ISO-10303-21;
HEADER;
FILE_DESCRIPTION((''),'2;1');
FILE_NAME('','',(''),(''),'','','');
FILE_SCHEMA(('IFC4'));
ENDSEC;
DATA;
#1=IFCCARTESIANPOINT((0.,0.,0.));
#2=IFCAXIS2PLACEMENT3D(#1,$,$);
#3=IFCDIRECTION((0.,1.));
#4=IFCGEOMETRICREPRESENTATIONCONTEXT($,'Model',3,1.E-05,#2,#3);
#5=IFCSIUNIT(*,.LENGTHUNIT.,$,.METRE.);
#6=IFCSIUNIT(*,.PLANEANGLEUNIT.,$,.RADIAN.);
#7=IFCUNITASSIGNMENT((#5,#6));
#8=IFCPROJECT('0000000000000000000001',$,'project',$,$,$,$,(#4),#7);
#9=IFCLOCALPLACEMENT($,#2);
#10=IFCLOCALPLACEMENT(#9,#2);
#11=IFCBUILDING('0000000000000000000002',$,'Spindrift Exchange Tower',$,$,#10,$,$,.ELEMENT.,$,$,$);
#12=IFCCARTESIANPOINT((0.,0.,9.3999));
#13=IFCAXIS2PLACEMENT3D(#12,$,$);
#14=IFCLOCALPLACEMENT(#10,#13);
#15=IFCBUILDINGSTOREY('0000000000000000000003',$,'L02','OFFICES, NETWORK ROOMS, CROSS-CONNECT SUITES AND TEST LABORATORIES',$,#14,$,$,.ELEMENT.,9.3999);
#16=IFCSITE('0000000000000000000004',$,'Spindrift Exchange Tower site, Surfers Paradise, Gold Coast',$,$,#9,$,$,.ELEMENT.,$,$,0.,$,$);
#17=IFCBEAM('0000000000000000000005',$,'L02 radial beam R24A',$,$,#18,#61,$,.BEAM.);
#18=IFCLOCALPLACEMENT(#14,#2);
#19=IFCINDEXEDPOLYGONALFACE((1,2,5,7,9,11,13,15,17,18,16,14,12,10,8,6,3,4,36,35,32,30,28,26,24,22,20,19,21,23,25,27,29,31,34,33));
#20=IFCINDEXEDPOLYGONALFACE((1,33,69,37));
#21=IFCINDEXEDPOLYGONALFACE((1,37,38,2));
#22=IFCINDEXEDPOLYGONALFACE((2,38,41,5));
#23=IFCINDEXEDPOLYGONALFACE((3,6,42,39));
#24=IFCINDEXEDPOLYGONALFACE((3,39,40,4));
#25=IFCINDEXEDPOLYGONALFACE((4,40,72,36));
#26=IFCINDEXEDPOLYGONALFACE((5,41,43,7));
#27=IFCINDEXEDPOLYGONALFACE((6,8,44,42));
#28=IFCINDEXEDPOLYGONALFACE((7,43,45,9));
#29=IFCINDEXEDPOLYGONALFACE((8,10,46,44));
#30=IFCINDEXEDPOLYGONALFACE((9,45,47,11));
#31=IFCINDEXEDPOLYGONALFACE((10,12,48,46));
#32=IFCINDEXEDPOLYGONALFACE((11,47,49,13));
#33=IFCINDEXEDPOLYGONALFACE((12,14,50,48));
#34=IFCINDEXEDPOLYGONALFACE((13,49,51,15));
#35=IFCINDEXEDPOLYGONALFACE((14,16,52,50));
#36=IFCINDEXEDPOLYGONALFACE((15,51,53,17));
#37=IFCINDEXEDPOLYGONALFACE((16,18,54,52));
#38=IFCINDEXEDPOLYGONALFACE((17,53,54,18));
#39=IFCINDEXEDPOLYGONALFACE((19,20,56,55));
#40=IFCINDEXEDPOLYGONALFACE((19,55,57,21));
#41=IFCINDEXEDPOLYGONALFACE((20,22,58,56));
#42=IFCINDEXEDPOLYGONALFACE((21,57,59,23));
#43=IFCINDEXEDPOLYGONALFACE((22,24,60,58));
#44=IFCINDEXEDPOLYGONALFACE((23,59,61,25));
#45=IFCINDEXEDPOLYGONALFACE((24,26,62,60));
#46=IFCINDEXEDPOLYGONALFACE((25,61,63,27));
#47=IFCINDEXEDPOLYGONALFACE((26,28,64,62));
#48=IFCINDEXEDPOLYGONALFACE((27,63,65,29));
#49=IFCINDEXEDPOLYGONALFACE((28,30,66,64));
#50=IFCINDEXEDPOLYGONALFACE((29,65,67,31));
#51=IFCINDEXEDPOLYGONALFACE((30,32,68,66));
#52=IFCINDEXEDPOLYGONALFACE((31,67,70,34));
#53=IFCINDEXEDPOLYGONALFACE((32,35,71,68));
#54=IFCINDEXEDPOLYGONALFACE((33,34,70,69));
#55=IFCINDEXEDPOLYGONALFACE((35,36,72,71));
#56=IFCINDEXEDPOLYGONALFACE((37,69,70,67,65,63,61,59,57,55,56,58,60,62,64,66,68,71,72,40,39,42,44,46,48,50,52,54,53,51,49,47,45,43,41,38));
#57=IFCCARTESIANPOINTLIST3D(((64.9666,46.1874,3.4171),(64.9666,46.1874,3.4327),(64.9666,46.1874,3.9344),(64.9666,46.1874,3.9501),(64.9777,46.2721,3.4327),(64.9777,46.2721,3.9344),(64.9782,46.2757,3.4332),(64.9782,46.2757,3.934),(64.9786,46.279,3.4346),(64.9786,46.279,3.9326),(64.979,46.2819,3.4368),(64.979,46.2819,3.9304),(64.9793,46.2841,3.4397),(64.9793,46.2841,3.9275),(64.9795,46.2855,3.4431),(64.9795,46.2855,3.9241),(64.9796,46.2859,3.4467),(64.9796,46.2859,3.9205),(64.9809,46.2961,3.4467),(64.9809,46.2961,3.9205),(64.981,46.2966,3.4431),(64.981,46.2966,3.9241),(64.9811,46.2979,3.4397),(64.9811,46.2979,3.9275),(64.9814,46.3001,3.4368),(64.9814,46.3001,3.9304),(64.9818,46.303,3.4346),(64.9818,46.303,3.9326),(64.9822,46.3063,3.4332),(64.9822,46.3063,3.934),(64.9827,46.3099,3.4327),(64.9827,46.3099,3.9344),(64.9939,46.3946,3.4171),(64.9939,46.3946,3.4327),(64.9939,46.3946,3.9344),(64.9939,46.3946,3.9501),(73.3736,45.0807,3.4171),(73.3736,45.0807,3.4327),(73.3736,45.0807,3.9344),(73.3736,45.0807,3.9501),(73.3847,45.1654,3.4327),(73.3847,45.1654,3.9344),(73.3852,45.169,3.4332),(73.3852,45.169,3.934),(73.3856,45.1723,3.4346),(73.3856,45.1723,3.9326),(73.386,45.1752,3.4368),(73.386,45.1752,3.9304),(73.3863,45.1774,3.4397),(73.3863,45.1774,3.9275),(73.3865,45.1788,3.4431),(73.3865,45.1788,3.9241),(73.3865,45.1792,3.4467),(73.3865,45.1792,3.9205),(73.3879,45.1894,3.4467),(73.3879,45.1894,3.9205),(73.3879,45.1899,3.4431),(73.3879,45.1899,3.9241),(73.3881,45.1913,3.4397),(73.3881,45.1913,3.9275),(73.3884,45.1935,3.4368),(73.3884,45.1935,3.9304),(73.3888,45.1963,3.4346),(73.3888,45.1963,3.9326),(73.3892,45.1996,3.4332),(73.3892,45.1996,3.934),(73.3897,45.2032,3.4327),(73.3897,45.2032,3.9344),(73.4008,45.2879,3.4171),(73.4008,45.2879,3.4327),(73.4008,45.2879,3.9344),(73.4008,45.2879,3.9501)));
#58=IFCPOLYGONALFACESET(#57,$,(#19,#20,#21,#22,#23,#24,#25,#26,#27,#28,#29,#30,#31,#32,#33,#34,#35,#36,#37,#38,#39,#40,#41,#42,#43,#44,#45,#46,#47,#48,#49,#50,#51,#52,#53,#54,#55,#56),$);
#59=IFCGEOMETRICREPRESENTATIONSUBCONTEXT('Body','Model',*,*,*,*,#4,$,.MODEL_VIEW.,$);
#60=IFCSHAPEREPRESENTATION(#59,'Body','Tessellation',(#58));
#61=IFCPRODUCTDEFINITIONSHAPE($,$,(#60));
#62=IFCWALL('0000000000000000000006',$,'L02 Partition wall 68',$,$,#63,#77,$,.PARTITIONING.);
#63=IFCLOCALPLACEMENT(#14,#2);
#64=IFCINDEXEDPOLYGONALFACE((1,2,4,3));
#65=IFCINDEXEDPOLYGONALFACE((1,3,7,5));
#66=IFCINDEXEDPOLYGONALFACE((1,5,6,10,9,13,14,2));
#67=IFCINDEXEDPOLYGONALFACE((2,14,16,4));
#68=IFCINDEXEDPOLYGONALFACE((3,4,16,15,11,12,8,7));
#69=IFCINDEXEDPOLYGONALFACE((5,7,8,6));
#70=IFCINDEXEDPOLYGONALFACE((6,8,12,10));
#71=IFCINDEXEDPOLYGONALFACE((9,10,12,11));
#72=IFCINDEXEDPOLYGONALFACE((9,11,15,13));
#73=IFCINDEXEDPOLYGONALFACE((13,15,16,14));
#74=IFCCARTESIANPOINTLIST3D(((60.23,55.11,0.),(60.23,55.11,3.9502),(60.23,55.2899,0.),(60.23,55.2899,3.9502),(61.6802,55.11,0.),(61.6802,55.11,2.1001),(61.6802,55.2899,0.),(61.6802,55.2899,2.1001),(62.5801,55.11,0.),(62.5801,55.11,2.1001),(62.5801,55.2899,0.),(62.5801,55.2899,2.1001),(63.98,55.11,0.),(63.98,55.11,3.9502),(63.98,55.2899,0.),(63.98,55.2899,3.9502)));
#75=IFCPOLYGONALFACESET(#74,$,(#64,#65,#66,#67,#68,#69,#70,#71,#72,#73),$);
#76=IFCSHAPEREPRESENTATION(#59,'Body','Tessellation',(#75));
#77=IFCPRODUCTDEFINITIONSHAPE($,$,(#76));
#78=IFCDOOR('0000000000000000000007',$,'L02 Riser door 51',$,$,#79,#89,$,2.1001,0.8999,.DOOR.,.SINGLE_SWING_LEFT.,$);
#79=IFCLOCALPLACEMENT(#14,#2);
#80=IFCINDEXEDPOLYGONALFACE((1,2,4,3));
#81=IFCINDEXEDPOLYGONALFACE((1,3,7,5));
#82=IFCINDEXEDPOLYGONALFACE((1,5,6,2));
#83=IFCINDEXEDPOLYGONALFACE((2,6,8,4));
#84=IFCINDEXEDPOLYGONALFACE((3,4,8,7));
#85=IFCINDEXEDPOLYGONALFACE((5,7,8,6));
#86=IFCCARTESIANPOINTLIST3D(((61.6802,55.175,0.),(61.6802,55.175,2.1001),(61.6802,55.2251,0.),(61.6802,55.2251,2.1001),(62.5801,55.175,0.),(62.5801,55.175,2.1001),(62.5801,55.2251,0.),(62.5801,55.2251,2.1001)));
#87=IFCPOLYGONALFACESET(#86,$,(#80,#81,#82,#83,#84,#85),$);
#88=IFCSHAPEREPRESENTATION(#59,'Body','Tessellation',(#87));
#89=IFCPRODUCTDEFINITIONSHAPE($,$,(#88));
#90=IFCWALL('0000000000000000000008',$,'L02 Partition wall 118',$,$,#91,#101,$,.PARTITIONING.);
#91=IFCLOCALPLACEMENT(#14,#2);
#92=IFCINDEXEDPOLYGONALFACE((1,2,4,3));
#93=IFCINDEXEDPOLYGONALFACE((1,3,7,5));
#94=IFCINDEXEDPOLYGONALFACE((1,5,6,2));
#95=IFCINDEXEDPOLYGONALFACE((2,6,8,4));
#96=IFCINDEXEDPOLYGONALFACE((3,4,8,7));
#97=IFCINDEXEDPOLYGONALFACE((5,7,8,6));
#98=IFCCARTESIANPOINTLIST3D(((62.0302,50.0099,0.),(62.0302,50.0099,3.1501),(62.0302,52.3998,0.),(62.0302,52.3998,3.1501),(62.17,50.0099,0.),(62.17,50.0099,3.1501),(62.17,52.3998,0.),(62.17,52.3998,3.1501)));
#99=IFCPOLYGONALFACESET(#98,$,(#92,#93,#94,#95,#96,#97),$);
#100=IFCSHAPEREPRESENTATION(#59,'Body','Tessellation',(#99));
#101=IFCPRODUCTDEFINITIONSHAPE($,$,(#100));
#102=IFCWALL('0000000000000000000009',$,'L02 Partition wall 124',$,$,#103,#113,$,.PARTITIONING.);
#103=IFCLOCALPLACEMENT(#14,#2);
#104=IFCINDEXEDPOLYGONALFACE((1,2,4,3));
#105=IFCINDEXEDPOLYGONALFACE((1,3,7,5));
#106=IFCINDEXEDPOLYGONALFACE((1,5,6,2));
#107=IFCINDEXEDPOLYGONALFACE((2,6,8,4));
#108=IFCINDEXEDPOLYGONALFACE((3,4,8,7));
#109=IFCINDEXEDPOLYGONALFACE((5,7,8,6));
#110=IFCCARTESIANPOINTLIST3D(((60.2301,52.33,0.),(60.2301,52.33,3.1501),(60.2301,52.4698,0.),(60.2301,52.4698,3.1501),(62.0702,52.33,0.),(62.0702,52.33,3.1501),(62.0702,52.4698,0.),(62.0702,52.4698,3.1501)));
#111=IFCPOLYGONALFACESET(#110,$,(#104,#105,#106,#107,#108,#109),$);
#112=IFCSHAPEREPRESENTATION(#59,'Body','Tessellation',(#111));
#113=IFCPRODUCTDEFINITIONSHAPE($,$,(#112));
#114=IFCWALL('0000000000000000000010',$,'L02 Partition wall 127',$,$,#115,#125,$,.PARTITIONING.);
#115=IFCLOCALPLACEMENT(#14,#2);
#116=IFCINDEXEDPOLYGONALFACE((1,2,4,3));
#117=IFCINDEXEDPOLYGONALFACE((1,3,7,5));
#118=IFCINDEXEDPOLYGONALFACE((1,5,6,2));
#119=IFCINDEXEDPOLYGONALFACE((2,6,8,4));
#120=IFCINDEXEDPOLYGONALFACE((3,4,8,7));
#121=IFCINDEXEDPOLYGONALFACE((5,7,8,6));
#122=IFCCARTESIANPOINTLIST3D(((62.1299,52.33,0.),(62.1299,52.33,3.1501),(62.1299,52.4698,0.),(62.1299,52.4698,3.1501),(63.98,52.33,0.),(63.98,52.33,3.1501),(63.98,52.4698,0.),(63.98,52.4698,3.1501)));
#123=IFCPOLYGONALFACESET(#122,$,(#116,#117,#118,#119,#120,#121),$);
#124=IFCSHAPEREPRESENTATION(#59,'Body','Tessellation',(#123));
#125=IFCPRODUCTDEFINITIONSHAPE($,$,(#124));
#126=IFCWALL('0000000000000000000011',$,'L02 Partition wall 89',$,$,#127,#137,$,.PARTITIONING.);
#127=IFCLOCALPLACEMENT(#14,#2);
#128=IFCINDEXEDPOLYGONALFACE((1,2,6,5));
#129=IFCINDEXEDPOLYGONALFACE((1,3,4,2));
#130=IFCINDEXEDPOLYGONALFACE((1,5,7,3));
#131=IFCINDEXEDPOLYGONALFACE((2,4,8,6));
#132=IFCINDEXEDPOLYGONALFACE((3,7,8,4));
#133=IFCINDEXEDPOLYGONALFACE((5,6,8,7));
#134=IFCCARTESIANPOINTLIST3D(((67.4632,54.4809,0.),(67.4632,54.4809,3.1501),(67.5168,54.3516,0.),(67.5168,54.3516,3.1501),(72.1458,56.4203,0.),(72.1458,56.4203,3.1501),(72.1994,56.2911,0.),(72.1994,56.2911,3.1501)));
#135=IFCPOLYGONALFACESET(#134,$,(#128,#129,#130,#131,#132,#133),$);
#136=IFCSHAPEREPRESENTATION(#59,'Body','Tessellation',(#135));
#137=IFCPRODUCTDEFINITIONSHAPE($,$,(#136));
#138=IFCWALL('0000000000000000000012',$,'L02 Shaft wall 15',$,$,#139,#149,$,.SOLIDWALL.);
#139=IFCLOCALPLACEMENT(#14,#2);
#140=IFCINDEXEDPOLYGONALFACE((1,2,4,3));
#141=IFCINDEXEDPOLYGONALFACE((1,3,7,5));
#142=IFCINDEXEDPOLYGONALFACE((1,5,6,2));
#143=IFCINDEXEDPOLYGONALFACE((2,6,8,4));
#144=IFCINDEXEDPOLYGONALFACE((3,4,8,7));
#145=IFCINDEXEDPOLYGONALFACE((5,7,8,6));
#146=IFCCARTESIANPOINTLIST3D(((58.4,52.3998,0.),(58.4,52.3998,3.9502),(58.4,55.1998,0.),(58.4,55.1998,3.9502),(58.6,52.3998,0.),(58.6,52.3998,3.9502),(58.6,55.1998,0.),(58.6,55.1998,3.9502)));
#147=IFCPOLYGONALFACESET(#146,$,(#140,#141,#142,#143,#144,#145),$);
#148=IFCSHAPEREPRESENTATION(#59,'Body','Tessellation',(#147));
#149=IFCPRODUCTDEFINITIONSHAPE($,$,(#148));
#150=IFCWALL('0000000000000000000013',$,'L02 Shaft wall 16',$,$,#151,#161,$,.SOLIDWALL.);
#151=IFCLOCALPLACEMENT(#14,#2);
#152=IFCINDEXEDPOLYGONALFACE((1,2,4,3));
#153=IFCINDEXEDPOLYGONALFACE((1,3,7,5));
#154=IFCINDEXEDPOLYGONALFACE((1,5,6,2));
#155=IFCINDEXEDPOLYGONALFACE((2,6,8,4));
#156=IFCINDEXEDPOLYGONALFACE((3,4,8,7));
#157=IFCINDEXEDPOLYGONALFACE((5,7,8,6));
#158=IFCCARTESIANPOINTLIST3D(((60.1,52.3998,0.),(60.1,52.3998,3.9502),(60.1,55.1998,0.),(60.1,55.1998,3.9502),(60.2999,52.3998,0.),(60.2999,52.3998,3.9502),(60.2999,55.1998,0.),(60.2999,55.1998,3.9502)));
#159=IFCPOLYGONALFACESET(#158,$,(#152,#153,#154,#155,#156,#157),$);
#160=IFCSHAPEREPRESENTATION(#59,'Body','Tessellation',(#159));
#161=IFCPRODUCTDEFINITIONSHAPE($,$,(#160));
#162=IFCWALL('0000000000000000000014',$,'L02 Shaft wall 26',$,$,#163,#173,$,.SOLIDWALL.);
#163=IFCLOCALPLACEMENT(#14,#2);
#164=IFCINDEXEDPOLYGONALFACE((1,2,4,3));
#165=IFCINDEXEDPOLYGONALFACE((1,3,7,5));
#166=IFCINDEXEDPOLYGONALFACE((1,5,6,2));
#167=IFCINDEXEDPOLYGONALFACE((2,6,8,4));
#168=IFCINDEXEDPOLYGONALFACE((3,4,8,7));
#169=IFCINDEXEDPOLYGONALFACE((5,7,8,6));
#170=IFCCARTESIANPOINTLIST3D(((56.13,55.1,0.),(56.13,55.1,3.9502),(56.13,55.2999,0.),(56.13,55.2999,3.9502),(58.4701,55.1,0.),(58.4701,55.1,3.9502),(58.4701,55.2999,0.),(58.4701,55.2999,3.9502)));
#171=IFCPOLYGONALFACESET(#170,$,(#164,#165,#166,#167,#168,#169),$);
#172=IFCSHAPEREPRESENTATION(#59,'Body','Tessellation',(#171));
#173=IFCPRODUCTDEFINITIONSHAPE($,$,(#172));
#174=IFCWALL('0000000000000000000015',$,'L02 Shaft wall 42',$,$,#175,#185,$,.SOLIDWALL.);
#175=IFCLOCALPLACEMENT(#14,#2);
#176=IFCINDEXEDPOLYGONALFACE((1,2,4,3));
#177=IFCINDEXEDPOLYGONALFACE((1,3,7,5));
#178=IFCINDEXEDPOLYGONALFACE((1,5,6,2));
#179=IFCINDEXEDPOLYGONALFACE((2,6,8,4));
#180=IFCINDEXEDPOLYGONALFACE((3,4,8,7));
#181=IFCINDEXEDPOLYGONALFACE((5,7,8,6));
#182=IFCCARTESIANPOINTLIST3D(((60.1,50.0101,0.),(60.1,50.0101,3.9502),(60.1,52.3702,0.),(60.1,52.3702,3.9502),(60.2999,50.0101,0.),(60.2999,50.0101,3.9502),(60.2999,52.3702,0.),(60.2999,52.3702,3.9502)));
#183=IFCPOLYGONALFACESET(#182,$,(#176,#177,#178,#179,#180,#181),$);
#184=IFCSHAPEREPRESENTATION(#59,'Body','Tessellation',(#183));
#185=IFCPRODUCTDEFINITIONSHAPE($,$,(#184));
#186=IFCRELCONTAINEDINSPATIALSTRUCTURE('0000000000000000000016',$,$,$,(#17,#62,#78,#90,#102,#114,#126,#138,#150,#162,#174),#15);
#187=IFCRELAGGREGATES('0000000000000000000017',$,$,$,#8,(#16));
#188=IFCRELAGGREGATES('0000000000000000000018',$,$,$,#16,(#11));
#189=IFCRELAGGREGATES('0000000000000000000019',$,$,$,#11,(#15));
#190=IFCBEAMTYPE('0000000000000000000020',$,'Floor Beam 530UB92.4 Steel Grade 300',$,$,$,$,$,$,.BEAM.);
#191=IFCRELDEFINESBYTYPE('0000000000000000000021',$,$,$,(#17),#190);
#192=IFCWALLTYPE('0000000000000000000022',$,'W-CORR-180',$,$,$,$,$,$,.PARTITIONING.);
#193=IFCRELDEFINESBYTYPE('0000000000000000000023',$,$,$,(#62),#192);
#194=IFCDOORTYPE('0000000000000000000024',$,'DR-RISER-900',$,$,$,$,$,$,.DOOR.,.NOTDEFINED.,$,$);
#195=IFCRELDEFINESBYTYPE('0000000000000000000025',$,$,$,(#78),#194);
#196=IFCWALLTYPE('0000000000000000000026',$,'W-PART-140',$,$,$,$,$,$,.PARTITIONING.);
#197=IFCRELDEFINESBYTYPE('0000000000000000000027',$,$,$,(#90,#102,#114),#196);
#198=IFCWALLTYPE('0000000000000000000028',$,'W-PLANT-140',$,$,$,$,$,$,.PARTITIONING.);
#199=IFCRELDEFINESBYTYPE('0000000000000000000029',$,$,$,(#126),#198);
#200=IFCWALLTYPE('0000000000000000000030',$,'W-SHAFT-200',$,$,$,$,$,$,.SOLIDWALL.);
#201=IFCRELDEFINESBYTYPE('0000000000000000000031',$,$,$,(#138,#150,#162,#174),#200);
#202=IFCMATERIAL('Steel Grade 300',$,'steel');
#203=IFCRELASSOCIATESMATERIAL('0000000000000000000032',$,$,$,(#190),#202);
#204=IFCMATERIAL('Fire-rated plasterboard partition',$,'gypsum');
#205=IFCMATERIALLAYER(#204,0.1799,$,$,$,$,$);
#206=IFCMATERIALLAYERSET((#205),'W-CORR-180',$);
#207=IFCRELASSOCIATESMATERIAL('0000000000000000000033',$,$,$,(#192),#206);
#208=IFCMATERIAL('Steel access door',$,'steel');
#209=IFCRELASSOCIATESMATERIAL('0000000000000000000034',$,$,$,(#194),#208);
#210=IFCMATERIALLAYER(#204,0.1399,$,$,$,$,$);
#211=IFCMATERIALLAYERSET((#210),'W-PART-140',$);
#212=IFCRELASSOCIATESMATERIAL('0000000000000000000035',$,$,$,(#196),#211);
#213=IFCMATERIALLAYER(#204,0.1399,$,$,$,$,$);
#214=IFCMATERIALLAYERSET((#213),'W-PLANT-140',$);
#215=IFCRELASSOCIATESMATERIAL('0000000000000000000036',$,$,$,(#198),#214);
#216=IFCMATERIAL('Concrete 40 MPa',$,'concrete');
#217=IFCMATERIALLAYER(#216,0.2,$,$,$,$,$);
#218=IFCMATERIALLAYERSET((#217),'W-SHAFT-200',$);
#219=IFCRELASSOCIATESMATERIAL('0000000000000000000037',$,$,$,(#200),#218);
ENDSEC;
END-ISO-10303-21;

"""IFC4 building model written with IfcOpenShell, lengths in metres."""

from ifc_helpers import new_model, si_unit, direction, frame, frame_2d, origin, origin_2d, place, context, subcontext, project, spatial, rectangle, i_section, extrude, source, transform, mapped, material, layer, layer_set, material_profile, profile_set, type_object, element, fill, save


model = new_model("IFC4")

# Units and contexts
model_context = context("Model", 3, precision=1e-05, world=origin(), true_north=direction((0.0, 1.0)))
body_context = subcontext(model_context, "Body", "Model", "MODEL_VIEW")
ifc_project = project(units=[si_unit("LENGTHUNIT", "METRE"), si_unit("PLANEANGLEUNIT", "RADIAN")], contexts=[model_context])

# Site, building, storey
site_placement = place(None, origin())
site = spatial("IfcSite", under=ifc_project, at=site_placement, Name="Spindrift Exchange Tower site, Surfers Paradise, Gold Coast", CompositionType="ELEMENT", RefElevation=0.0)
building_placement = place(site_placement, origin())
building = spatial("IfcBuilding", under=site, at=building_placement, Name="Spindrift Exchange Tower", CompositionType="ELEMENT")
storey_placement = place(building_placement, frame((0.0, 0.0, 9.3999)))
storey = spatial("IfcBuildingStorey", under=building, at=storey_placement, Name="L02", Description="OFFICES, NETWORK ROOMS, CROSS-CONNECT SUITES AND TEST LABORATORIES", CompositionType="ELEMENT", Elevation=9.3999)

# Beam
ifc_material_1 = material(Name="Steel Grade 300", Category="steel")
ifc_material_profile_1 = material_profile(ifc_material_1, i_section(OverallWidth=0.209, OverallDepth=0.533, WebThickness=0.0103, FlangeThickness=0.0156, FilletRadius=0.0139, at=origin_2d()), Name="530UB92.4")
ifc_profile_set_1 = profile_set([ifc_material_profile_1], Name="Steel Grade 300")
beam_type_1 = type_object("IfcBeamType", Name="Floor Beam 530UB92.4 Steel Grade 300", PredefinedType="BEAM", material=ifc_profile_set_1)
shared_shape_1 = source(origin(), body_context, "Body", "SweptSolid", [
    extrude(i_section(OverallWidth=0.209, OverallDepth=0.533, WebThickness=0.0103, FlangeThickness=0.0156, FilletRadius=0.0139, at=origin_2d()), origin(), (0.0, 0.0, 1.0), 8.4795),
])
beam_1_placement = place(storey_placement, frame((64.9802, 46.291, 3.6836), z_axis=(0.991447, -0.130513, 0.0), x_axis=(0.130513, 0.991447, 0.0)))
element("IfcBeam", 1, at=beam_1_placement, inside=storey, type_object=beam_type_1, Name="L02 radial beam R24A", PredefinedType="BEAM", context=body_context, shape_type="MappedRepresentation", body=[
    mapped(shared_shape_1, transform((0.0, 0.0, 0.0), scale=1.0)),
])

# Wall, opening, door
ifc_material_2 = material(Name="Fire-rated plasterboard partition", Category="gypsum")
ifc_layer_1 = layer(ifc_material_2, 0.1799)
ifc_layer_set_1 = layer_set([ifc_layer_1], Name="W-CORR-180")
wall_type_1 = type_object("IfcWallType", Name="W-CORR-180", PredefinedType="PARTITIONING", material=ifc_layer_set_1)
wall_1_placement = place(storey_placement, frame((63.98, 55.2, 0.0), z_axis=(0.0, 0.0, 1.0), x_axis=(-1.0, 0.0, 0.0)))
wall_1 = element("IfcWall", 2, at=wall_1_placement, inside=storey, type_object=wall_type_1, Name="L02 Partition wall 68", PredefinedType="PARTITIONING", context=body_context, shape_type="SweptSolid", body=[
    extrude(rectangle(XDim=3.75, YDim=0.1799, at=frame_2d((1.875, 0.0))), origin(), (0.0, 0.0, 1.0), 3.9502),
])
opening_1_placement = place(wall_1_placement, frame((1.3999, 0.0, 0.0)))
opening_1 = element("IfcOpeningElement", 3, at=opening_1_placement, cuts=wall_1, PredefinedType="OPENING", context=body_context, shape_type="SweptSolid", body=[
    extrude(rectangle(XDim=0.8999, YDim=2.1001, at=frame_2d((0.45, 1.05))), frame((0.0, 0.0999, 0.0), z_axis=(0.0, -1.0, 0.0), x_axis=(1.0, 0.0, 0.0)), (0.0, 0.0, 1.0), 0.2),
])
ifc_material_3 = material(Name="Steel access door", Category="steel")
door_type_1 = type_object("IfcDoorType", Name="DR-RISER-900", OperationType="NOTDEFINED", PredefinedType="DOOR", material=ifc_material_3)
shared_shape_2 = source(origin(), body_context, "Body", "SweptSolid", [
    extrude(rectangle(XDim=0.8999, YDim=2.1001, at=frame_2d((0.45, 1.05))), frame((0.0, 0.0249, 0.0), z_axis=(0.0, -1.0, 0.0), x_axis=(1.0, 0.0, 0.0)), (0.0, 0.0, 1.0), 0.05),
])
door_1_placement = place(opening_1_placement, origin())
door_1 = element("IfcDoor", 4, at=door_1_placement, inside=storey, type_object=door_type_1, Name="L02 Riser door 51", OperationType="SINGLE_SWING_LEFT", OverallHeight=2.1001, OverallWidth=0.8999, PredefinedType="DOOR", context=body_context, shape_type="MappedRepresentation", body=[
    mapped(shared_shape_2, transform((0.0, 0.0, 0.0), scale=1.0)),
])
fill(opening_1, door_1)

# Walls
ifc_layer_2 = layer(ifc_material_2, 0.1399)
ifc_layer_set_2 = layer_set([ifc_layer_2], Name="W-PART-140")
wall_type_2 = type_object("IfcWallType", Name="W-PART-140", PredefinedType="PARTITIONING", material=ifc_layer_set_2)
wall_2_placement = place(storey_placement, frame((62.1001, 50.01, 0.0), z_axis=(0.0, 0.0, 1.0), x_axis=(0.0, 1.0, 0.0)))
element("IfcWall", 5, at=wall_2_placement, inside=storey, type_object=wall_type_2, Name="L02 Partition wall 118", PredefinedType="PARTITIONING", context=body_context, shape_type="SweptSolid", body=[
    extrude(rectangle(XDim=2.3899, YDim=0.1399, at=frame_2d((1.1948, 0.0))), origin(), (0.0, 0.0, 1.0), 3.1501),
])
wall_3_placement = place(storey_placement, frame((62.0701, 52.3999, 0.0), z_axis=(0.0, 0.0, 1.0), x_axis=(-1.0, 0.0, 0.0)))
element("IfcWall", 6, at=wall_3_placement, inside=storey, type_object=wall_type_2, Name="L02 Partition wall 124", PredefinedType="PARTITIONING", context=body_context, shape_type="SweptSolid", body=[
    extrude(rectangle(XDim=1.8401, YDim=0.1399, at=frame_2d((0.9199, 0.0))), origin(), (0.0, 0.0, 1.0), 3.1501),
])
wall_4_placement = place(storey_placement, frame((63.98, 52.3999, 0.0), z_axis=(0.0, 0.0, 1.0), x_axis=(-1.0, 0.0, 0.0)))
element("IfcWall", 7, at=wall_4_placement, inside=storey, type_object=wall_type_2, Name="L02 Partition wall 127", PredefinedType="PARTITIONING", context=body_context, shape_type="SweptSolid", body=[
    extrude(rectangle(XDim=1.8501, YDim=0.1399, at=frame_2d((0.925, 0.0))), origin(), (0.0, 0.0, 1.0), 3.1501),
])
ifc_layer_3 = layer(ifc_material_2, 0.1399)
ifc_layer_set_3 = layer_set([ifc_layer_3], Name="W-PLANT-140")
wall_type_3 = type_object("IfcWallType", Name="W-PLANT-140", PredefinedType="PARTITIONING", material=ifc_layer_set_3)
wall_5_placement = place(storey_placement, frame((67.49, 54.4163, 0.0), z_axis=(0.0, 0.0, 1.0), x_axis=(0.92389, 0.382658, 0.0)))
element("IfcWall", 8, at=wall_5_placement, inside=storey, type_object=wall_type_3, Name="L02 Partition wall 89", PredefinedType="PARTITIONING", context=body_context, shape_type="SweptSolid", body=[
    extrude(rectangle(XDim=5.0684, YDim=0.1399, at=frame_2d((2.5342, 0.0))), origin(), (0.0, 0.0, 1.0), 3.1501),
])
ifc_material_4 = material(Name="Concrete 40 MPa", Category="concrete")
ifc_layer_4 = layer(ifc_material_4, 0.2)
ifc_layer_set_4 = layer_set([ifc_layer_4], Name="W-SHAFT-200")
wall_type_4 = type_object("IfcWallType", Name="W-SHAFT-200", PredefinedType="SOLIDWALL", material=ifc_layer_set_4)
for number, where, z_axis, x_axis, name in (
    (9, (58.5, 52.3999, 0.0), (0.0, 0.0, 1.0), (0.0, 1.0, 0.0), "L02 Shaft wall 15"),
    (10, (60.2, 52.3999, 0.0), (0.0, 0.0, 1.0), (0.0, 1.0, 0.0), "L02 Shaft wall 16"),
):
    element("IfcWall", number, at=place(storey_placement, frame(where, z_axis=z_axis, x_axis=x_axis)), inside=storey, type_object=wall_type_4, Name=name, PredefinedType="SOLIDWALL", context=body_context, shape_type="SweptSolid", body=[
        extrude(rectangle(XDim=2.8, YDim=0.2, at=frame_2d((1.3999, 0.0))), origin(), (0.0, 0.0, 1.0), 3.9502),
    ])
wall_6_placement = place(storey_placement, frame((58.47, 55.2, 0.0), z_axis=(0.0, 0.0, 1.0), x_axis=(-1.0, 0.0, 0.0)))
element("IfcWall", 11, at=wall_6_placement, inside=storey, type_object=wall_type_4, Name="L02 Shaft wall 26", PredefinedType="SOLIDWALL", context=body_context, shape_type="SweptSolid", body=[
    extrude(rectangle(XDim=2.3401, YDim=0.2, at=frame_2d((1.1699, 0.0))), origin(), (0.0, 0.0, 1.0), 3.9502),
])
wall_7_placement = place(storey_placement, frame((60.2, 50.01, 0.0), z_axis=(0.0, 0.0, 1.0), x_axis=(0.0, 1.0, 0.0)))
element("IfcWall", 12, at=wall_7_placement, inside=storey, type_object=wall_type_4, Name="L02 Shaft wall 42", PredefinedType="SOLIDWALL", context=body_context, shape_type="SweptSolid", body=[
    extrude(rectangle(XDim=2.3601, YDim=0.2, at=frame_2d((1.1802, 0.0))), origin(), (0.0, 0.0, 1.0), 3.9502),
])

save(model, "model.ifc")
